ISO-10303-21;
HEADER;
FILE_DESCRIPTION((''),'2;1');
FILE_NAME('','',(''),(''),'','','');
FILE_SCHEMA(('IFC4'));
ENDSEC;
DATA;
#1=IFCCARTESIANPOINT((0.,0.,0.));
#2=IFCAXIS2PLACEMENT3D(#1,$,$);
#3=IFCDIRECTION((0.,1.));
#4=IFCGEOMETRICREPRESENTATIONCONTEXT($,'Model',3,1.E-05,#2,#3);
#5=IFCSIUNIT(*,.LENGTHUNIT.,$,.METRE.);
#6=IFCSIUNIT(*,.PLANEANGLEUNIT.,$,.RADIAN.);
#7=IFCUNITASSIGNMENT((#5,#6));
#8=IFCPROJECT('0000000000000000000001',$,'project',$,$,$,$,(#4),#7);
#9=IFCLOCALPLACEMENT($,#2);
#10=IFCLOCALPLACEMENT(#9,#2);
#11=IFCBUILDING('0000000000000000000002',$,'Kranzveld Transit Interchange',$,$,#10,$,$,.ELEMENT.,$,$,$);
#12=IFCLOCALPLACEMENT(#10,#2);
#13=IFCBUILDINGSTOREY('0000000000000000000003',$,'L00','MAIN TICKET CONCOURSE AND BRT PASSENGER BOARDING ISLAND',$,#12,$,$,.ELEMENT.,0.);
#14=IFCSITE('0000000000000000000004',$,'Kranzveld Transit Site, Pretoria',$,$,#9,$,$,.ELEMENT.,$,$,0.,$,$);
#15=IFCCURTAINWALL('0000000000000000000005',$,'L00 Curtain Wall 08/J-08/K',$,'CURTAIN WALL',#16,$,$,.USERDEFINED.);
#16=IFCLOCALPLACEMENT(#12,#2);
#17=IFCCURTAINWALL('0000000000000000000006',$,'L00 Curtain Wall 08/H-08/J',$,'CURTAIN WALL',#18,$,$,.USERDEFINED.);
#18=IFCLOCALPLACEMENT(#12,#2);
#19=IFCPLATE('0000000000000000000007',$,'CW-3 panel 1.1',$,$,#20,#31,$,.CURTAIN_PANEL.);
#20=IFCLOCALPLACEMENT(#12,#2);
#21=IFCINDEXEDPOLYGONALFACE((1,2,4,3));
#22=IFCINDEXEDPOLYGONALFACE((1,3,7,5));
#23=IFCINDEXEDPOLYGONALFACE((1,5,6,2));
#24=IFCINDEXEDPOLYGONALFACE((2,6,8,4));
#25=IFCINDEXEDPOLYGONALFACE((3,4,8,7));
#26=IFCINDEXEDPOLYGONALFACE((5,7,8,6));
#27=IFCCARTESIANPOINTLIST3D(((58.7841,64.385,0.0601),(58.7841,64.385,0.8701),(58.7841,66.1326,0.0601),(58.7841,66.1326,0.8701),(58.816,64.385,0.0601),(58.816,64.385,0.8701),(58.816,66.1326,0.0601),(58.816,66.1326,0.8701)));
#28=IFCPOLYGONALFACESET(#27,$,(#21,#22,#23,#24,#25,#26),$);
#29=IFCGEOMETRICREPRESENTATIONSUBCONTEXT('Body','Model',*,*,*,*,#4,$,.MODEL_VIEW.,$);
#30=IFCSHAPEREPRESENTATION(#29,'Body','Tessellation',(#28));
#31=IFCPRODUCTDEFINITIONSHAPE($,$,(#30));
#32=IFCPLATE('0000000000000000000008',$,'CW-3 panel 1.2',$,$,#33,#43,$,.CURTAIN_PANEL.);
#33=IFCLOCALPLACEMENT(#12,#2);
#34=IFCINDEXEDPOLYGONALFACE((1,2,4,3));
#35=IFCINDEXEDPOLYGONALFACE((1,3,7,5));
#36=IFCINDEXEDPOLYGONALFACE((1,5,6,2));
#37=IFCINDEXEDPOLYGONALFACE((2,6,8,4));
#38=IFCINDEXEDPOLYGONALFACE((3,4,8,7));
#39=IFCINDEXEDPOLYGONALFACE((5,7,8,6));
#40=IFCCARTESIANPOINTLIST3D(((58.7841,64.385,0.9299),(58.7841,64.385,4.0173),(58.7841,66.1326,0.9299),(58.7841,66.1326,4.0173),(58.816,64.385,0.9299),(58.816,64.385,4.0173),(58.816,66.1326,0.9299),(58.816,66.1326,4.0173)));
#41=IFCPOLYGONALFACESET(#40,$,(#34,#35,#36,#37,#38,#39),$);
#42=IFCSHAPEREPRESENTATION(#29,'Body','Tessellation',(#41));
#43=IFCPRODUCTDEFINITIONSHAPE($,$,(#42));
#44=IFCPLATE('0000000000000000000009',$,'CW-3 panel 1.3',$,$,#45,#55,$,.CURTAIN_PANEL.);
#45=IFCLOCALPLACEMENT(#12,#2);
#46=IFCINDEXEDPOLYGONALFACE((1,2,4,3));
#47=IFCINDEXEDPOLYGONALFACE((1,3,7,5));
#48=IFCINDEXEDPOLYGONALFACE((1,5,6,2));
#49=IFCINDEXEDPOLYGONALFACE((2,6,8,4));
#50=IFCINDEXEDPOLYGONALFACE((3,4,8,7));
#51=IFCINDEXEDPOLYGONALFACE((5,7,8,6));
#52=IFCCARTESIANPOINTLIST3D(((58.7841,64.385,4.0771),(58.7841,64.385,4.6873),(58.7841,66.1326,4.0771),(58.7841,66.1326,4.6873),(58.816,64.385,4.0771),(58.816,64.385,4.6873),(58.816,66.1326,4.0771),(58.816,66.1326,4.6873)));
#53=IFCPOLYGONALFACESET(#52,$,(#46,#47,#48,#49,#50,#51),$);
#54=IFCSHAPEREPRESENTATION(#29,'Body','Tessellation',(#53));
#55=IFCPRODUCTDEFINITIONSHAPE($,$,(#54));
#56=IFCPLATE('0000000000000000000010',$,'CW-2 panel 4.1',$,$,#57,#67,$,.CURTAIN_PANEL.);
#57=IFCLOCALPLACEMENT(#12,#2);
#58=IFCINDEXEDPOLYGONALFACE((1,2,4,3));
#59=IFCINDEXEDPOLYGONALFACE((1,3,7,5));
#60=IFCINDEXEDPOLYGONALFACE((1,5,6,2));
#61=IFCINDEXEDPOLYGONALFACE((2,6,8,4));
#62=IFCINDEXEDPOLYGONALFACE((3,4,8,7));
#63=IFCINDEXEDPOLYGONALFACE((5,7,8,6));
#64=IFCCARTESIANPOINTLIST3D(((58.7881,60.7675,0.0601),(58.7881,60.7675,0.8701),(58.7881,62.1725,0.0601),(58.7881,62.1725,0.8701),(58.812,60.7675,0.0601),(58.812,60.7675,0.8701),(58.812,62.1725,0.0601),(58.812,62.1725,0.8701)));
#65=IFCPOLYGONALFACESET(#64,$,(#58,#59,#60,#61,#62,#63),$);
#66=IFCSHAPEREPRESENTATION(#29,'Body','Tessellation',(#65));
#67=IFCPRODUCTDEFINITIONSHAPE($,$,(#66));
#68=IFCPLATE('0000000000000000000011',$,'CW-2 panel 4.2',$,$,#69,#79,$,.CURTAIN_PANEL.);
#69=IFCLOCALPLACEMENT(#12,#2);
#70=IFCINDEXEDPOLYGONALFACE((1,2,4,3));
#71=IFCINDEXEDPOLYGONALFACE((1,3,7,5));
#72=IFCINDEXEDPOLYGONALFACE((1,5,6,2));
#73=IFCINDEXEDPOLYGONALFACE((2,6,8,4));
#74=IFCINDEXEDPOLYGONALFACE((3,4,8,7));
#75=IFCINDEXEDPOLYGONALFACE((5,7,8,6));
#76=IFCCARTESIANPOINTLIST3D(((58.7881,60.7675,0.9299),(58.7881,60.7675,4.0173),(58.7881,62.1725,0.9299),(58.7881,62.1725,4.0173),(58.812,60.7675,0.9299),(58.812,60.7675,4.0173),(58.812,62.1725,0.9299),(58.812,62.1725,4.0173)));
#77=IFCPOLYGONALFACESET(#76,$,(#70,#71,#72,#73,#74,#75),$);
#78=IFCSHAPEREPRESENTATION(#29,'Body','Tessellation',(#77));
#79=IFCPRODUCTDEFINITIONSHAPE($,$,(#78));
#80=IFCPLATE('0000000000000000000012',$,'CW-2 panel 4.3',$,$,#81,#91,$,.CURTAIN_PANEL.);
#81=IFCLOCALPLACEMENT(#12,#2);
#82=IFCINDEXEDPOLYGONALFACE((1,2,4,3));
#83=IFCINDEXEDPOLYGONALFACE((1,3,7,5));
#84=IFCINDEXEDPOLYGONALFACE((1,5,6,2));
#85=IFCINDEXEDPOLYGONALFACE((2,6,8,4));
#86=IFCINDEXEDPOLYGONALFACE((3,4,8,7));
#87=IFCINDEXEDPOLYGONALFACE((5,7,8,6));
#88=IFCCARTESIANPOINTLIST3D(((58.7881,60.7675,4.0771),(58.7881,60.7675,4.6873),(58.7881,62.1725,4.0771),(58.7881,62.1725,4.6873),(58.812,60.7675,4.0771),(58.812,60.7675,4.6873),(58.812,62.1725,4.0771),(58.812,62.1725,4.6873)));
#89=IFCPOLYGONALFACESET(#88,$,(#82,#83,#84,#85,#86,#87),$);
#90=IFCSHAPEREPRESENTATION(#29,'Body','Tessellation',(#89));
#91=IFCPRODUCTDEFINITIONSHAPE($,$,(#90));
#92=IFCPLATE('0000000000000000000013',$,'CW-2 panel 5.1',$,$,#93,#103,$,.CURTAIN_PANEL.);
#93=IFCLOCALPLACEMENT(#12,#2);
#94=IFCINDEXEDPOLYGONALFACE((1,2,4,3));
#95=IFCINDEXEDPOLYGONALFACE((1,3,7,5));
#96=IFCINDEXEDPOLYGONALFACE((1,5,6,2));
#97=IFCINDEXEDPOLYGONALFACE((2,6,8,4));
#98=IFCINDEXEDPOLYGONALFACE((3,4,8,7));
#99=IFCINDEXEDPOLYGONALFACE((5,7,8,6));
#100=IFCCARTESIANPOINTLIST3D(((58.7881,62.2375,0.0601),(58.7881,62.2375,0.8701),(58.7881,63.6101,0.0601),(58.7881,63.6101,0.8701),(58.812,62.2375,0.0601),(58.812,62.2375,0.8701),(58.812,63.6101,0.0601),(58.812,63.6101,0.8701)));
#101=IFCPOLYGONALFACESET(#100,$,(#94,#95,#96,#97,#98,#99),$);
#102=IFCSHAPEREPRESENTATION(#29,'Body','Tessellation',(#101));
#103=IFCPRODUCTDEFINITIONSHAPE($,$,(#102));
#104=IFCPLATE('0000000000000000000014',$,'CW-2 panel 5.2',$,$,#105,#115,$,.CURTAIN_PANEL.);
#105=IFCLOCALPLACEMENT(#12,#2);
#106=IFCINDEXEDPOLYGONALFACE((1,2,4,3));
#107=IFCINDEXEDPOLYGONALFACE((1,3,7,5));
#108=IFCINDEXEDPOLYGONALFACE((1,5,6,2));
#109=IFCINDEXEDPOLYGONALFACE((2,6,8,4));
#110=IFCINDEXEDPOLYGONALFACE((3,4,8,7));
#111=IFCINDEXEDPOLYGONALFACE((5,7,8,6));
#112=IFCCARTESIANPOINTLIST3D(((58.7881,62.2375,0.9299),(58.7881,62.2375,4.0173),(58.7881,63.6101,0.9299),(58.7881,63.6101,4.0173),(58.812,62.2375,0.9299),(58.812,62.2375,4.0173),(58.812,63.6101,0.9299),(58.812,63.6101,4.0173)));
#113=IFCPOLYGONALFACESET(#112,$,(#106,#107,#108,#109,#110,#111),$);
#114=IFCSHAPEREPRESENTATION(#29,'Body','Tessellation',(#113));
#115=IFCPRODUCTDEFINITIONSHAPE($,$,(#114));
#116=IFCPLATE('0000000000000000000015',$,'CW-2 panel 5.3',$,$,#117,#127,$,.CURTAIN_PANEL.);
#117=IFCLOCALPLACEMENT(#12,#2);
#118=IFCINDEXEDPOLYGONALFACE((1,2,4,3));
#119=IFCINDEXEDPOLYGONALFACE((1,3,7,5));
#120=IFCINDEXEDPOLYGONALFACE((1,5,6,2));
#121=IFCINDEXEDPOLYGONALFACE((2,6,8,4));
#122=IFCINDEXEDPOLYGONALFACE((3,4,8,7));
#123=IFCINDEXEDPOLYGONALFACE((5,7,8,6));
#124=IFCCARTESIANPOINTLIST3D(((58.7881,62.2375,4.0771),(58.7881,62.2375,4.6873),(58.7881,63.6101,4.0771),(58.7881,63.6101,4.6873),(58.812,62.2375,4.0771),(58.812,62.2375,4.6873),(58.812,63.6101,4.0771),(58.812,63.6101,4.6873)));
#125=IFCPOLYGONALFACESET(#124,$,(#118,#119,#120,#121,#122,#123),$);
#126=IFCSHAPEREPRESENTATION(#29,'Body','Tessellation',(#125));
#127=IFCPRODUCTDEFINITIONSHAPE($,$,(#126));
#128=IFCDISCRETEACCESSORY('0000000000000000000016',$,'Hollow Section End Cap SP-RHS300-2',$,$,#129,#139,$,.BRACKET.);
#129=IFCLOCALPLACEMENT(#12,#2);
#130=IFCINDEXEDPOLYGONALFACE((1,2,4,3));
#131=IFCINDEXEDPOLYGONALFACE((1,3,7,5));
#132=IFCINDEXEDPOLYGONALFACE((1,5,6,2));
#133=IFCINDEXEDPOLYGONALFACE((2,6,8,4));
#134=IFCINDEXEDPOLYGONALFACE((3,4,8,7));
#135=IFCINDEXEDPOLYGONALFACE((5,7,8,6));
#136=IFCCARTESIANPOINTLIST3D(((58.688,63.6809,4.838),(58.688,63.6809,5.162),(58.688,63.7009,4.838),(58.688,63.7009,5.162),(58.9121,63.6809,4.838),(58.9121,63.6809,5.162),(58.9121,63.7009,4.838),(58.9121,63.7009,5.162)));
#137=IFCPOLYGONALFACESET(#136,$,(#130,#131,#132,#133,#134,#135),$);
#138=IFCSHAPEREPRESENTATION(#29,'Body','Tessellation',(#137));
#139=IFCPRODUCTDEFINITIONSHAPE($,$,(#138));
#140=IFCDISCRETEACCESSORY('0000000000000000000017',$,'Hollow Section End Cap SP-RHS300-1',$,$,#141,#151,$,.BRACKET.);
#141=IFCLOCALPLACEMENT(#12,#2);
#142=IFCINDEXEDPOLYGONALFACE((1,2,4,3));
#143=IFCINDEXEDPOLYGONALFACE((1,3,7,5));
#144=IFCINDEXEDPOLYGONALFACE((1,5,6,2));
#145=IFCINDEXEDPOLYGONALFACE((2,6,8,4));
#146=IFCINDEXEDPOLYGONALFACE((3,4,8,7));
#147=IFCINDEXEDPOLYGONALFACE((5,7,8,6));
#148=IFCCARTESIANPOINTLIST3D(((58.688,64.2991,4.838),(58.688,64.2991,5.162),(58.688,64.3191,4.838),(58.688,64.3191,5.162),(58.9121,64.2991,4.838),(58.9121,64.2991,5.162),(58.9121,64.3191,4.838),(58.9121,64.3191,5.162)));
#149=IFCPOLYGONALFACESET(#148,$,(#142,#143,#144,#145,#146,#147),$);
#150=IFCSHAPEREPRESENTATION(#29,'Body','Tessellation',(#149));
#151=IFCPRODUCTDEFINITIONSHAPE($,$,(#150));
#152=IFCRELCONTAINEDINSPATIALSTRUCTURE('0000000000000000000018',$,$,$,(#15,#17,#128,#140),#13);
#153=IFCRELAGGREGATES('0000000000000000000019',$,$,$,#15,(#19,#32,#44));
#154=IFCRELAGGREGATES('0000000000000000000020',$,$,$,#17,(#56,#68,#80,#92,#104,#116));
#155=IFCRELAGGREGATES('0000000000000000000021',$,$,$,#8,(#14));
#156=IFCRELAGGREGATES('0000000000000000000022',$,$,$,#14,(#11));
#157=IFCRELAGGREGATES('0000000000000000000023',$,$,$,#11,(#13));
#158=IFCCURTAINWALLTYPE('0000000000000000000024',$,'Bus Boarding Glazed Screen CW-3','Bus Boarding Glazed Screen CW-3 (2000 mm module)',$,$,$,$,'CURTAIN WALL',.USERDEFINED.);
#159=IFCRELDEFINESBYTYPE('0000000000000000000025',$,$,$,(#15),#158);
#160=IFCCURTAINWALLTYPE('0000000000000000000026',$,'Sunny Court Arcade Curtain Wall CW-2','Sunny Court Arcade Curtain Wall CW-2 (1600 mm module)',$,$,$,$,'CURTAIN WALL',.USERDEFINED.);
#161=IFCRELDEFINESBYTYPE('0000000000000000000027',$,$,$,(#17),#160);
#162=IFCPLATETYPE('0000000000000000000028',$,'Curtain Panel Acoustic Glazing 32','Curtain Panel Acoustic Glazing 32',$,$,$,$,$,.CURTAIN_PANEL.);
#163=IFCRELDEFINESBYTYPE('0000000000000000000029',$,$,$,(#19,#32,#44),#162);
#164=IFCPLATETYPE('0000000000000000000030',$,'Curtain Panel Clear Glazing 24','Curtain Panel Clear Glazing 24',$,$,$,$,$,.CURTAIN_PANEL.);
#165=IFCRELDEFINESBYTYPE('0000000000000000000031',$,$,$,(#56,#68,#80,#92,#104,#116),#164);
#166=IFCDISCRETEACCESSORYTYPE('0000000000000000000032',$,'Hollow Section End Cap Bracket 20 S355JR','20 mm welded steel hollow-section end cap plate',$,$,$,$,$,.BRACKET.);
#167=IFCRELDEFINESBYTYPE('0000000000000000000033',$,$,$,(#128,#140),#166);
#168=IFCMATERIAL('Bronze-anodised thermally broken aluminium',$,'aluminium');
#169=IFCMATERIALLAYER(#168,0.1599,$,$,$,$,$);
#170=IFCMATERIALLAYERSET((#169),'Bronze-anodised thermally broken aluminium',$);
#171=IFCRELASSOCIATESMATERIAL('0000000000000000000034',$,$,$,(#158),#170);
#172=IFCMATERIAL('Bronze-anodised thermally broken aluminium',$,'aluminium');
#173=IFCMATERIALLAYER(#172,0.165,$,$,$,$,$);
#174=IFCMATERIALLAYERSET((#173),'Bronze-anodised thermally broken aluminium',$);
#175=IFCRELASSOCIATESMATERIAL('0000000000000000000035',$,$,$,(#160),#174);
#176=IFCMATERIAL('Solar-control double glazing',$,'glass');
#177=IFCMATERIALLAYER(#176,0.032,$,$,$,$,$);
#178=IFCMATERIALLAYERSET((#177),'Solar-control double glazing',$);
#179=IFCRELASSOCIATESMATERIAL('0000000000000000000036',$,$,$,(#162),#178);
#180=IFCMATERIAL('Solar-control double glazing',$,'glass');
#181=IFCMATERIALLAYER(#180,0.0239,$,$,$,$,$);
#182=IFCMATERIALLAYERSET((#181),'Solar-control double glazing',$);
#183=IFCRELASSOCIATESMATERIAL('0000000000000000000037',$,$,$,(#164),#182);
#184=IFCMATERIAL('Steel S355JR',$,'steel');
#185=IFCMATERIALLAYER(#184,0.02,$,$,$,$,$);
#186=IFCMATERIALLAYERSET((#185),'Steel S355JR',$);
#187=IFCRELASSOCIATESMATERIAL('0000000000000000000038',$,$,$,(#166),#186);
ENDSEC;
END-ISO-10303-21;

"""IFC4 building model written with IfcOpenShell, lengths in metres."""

from ifc_helpers import new_model, si_unit, direction, frame, origin, origin_2d, place, context, subcontext, project, spatial, rectangle, extrude, material, layer, layer_set, type_object, element, aggregate, save


model = new_model("IFC4")

# Units and contexts
model_context = context("Model", 3, precision=1e-05, world=origin(), true_north=direction((0.0, 1.0)))
body_context = subcontext(model_context, "Body", "Model", "MODEL_VIEW")
ifc_project = project(units=[si_unit("LENGTHUNIT", "METRE"), si_unit("PLANEANGLEUNIT", "RADIAN")], contexts=[model_context])

# Site, building, storey
site_placement = place(None, origin())
site = spatial("IfcSite", under=ifc_project, at=site_placement, Name="Kranzveld Transit Site, Pretoria", CompositionType="ELEMENT", RefElevation=0.0)
building_placement = place(site_placement, origin())
building = spatial("IfcBuilding", under=site, at=building_placement, Name="Kranzveld Transit Interchange", CompositionType="ELEMENT")
storey_placement = place(building_placement, origin())
storey = spatial("IfcBuildingStorey", under=building, at=storey_placement, Name="L00", Description="MAIN TICKET CONCOURSE AND BRT PASSENGER BOARDING ISLAND", CompositionType="ELEMENT", Elevation=0.0)

# Curtain walls
ifc_material_1 = material(Name="Bronze-anodised thermally broken aluminium", Category="aluminium")
ifc_layer_1 = layer(ifc_material_1, 0.1599)
ifc_layer_set_1 = layer_set([ifc_layer_1], Name="Bronze-anodised thermally broken aluminium")
curtain_wall_type_1 = type_object("IfcCurtainWallType", Name="Bus Boarding Glazed Screen CW-3", Description="Bus Boarding Glazed Screen CW-3 (2000 mm module)", ElementType="CURTAIN WALL", PredefinedType="USERDEFINED", material=ifc_layer_set_1)
curtain_wall_1_placement = place(storey_placement, origin())
curtain_wall_1 = element("IfcCurtainWall", 1, at=curtain_wall_1_placement, inside=storey, type_object=curtain_wall_type_1, Name="L00 Curtain Wall 08/J-08/K", ObjectType="CURTAIN WALL", PredefinedType="USERDEFINED")
ifc_material_2 = material(Name="Bronze-anodised thermally broken aluminium", Category="aluminium")
ifc_layer_2 = layer(ifc_material_2, 0.165)
ifc_layer_set_2 = layer_set([ifc_layer_2], Name="Bronze-anodised thermally broken aluminium")
curtain_wall_type_2 = type_object("IfcCurtainWallType", Name="Sunny Court Arcade Curtain Wall CW-2", Description="Sunny Court Arcade Curtain Wall CW-2 (1600 mm module)", ElementType="CURTAIN WALL", PredefinedType="USERDEFINED", material=ifc_layer_set_2)
curtain_wall_2_placement = place(storey_placement, origin())
curtain_wall_2 = element("IfcCurtainWall", 2, at=curtain_wall_2_placement, inside=storey, type_object=curtain_wall_type_2, Name="L00 Curtain Wall 08/H-08/J", ObjectType="CURTAIN WALL", PredefinedType="USERDEFINED")

# Plates
ifc_material_3 = material(Name="Solar-control double glazing", Category="glass")
ifc_layer_3 = layer(ifc_material_3, 0.032)
ifc_layer_set_3 = layer_set([ifc_layer_3], Name="Solar-control double glazing")
plate_type_1 = type_object("IfcPlateType", Name="Curtain Panel Acoustic Glazing 32", Description="Curtain Panel Acoustic Glazing 32", PredefinedType="CURTAIN_PANEL", material=ifc_layer_set_3)
plate_1_placement = place(storey_placement, frame((58.8, 65.2588, 0.0601), z_axis=(0.0, 0.0, 1.0), x_axis=(0.0, 1.0, 0.0)))
plate_1 = element("IfcPlate", 3, at=plate_1_placement, type_object=plate_type_1, Name="CW-3 panel 1.1", PredefinedType="CURTAIN_PANEL", context=body_context, shape_type="SweptSolid", body=[
    extrude(rectangle(XDim=1.7476, YDim=0.032, at=origin_2d()), origin(), (0.0, 0.0, 1.0), 0.8101),
])
plate_2_placement = place(storey_placement, frame((58.8, 65.2588, 0.9299), z_axis=(0.0, 0.0, 1.0), x_axis=(0.0, 1.0, 0.0)))
plate_2 = element("IfcPlate", 4, at=plate_2_placement, type_object=plate_type_1, Name="CW-3 panel 1.2", PredefinedType="CURTAIN_PANEL", context=body_context, shape_type="SweptSolid", body=[
    extrude(rectangle(XDim=1.7476, YDim=0.032, at=origin_2d()), origin(), (0.0, 0.0, 1.0), 3.0874),
])
plate_3_placement = place(storey_placement, frame((58.8, 65.2588, 4.0771), z_axis=(0.0, 0.0, 1.0), x_axis=(0.0, 1.0, 0.0)))
plate_3 = element("IfcPlate", 5, at=plate_3_placement, type_object=plate_type_1, Name="CW-3 panel 1.3", PredefinedType="CURTAIN_PANEL", context=body_context, shape_type="SweptSolid", body=[
    extrude(rectangle(XDim=1.7476, YDim=0.032, at=origin_2d()), origin(), (0.0, 0.0, 1.0), 0.6101),
])
aggregate(curtain_wall_1, [plate_1, plate_2, plate_3])
ifc_material_4 = material(Name="Solar-control double glazing", Category="glass")
ifc_layer_4 = layer(ifc_material_4, 0.0239)
ifc_layer_set_4 = layer_set([ifc_layer_4], Name="Solar-control double glazing")
plate_type_2 = type_object("IfcPlateType", Name="Curtain Panel Clear Glazing 24", Description="Curtain Panel Clear Glazing 24", PredefinedType="CURTAIN_PANEL", material=ifc_layer_set_4)
plate_4_placement = place(storey_placement, frame((58.8, 61.47, 0.0601), z_axis=(0.0, 0.0, 1.0), x_axis=(0.0, 1.0, 0.0)))
plate_4 = element("IfcPlate", 6, at=plate_4_placement, type_object=plate_type_2, Name="CW-2 panel 4.1", PredefinedType="CURTAIN_PANEL", context=body_context, shape_type="SweptSolid", body=[
    extrude(rectangle(XDim=1.405, YDim=0.0239, at=origin_2d()), origin(), (0.0, 0.0, 1.0), 0.8101),
])
plate_5_placement = place(storey_placement, frame((58.8, 61.47, 0.9299), z_axis=(0.0, 0.0, 1.0), x_axis=(0.0, 1.0, 0.0)))
plate_5 = element("IfcPlate", 7, at=plate_5_placement, type_object=plate_type_2, Name="CW-2 panel 4.2", PredefinedType="CURTAIN_PANEL", context=body_context, shape_type="SweptSolid", body=[
    extrude(rectangle(XDim=1.405, YDim=0.0239, at=origin_2d()), origin(), (0.0, 0.0, 1.0), 3.0874),
])
plate_6_placement = place(storey_placement, frame((58.8, 61.47, 4.0771), z_axis=(0.0, 0.0, 1.0), x_axis=(0.0, 1.0, 0.0)))
plate_6 = element("IfcPlate", 8, at=plate_6_placement, type_object=plate_type_2, Name="CW-2 panel 4.3", PredefinedType="CURTAIN_PANEL", context=body_context, shape_type="SweptSolid", body=[
    extrude(rectangle(XDim=1.405, YDim=0.0239, at=origin_2d()), origin(), (0.0, 0.0, 1.0), 0.6101),
])
plate_7_placement = place(storey_placement, frame((58.8, 62.9238, 0.0601), z_axis=(0.0, 0.0, 1.0), x_axis=(0.0, 1.0, 0.0)))
plate_7 = element("IfcPlate", 9, at=plate_7_placement, type_object=plate_type_2, Name="CW-2 panel 5.1", PredefinedType="CURTAIN_PANEL", context=body_context, shape_type="SweptSolid", body=[
    extrude(rectangle(XDim=1.3726, YDim=0.0239, at=origin_2d()), origin(), (0.0, 0.0, 1.0), 0.8101),
])
plate_8_placement = place(storey_placement, frame((58.8, 62.9238, 0.9299), z_axis=(0.0, 0.0, 1.0), x_axis=(0.0, 1.0, 0.0)))
plate_8 = element("IfcPlate", 10, at=plate_8_placement, type_object=plate_type_2, Name="CW-2 panel 5.2", PredefinedType="CURTAIN_PANEL", context=body_context, shape_type="SweptSolid", body=[
    extrude(rectangle(XDim=1.3726, YDim=0.0239, at=origin_2d()), origin(), (0.0, 0.0, 1.0), 3.0874),
])
plate_9_placement = place(storey_placement, frame((58.8, 62.9238, 4.0771), z_axis=(0.0, 0.0, 1.0), x_axis=(0.0, 1.0, 0.0)))
plate_9 = element("IfcPlate", 11, at=plate_9_placement, type_object=plate_type_2, Name="CW-2 panel 5.3", PredefinedType="CURTAIN_PANEL", context=body_context, shape_type="SweptSolid", body=[
    extrude(rectangle(XDim=1.3726, YDim=0.0239, at=origin_2d()), origin(), (0.0, 0.0, 1.0), 0.6101),
])
aggregate(curtain_wall_2, [plate_4, plate_5, plate_6, plate_7, plate_8, plate_9])

# Discrete accessories
ifc_material_5 = material(Name="Steel S355JR", Category="steel")
ifc_layer_5 = layer(ifc_material_5, 0.02)
ifc_layer_set_5 = layer_set([ifc_layer_5], Name="Steel S355JR")
discrete_accessory_type = type_object("IfcDiscreteAccessoryType", Name="Hollow Section End Cap Bracket 20 S355JR", Description="20 mm welded steel hollow-section end cap plate", PredefinedType="BRACKET", material=ifc_layer_set_5)
for number, where, z_axis, x_axis, name in (
    (12, (58.8, 63.6809, 5.0), (0.0, 1.0, 0.0), (-1.0, 0.0, 0.0), "Hollow Section End Cap SP-RHS300-2"),
    (13, (58.8, 64.3191, 5.0), (0.0, -1.0, 0.0), (1.0, 0.0, 0.0), "Hollow Section End Cap SP-RHS300-1"),
):
    element("IfcDiscreteAccessory", number, at=place(storey_placement, frame(where, z_axis=z_axis, x_axis=x_axis)), inside=storey, type_object=discrete_accessory_type, Name=name, PredefinedType="BRACKET", context=body_context, shape_type="SweptSolid", body=[
        extrude(rectangle(XDim=0.2241, YDim=0.324, at=origin_2d()), origin(), (0.0, 0.0, 1.0), 0.02),
    ])

save(model, "model.ifc")
